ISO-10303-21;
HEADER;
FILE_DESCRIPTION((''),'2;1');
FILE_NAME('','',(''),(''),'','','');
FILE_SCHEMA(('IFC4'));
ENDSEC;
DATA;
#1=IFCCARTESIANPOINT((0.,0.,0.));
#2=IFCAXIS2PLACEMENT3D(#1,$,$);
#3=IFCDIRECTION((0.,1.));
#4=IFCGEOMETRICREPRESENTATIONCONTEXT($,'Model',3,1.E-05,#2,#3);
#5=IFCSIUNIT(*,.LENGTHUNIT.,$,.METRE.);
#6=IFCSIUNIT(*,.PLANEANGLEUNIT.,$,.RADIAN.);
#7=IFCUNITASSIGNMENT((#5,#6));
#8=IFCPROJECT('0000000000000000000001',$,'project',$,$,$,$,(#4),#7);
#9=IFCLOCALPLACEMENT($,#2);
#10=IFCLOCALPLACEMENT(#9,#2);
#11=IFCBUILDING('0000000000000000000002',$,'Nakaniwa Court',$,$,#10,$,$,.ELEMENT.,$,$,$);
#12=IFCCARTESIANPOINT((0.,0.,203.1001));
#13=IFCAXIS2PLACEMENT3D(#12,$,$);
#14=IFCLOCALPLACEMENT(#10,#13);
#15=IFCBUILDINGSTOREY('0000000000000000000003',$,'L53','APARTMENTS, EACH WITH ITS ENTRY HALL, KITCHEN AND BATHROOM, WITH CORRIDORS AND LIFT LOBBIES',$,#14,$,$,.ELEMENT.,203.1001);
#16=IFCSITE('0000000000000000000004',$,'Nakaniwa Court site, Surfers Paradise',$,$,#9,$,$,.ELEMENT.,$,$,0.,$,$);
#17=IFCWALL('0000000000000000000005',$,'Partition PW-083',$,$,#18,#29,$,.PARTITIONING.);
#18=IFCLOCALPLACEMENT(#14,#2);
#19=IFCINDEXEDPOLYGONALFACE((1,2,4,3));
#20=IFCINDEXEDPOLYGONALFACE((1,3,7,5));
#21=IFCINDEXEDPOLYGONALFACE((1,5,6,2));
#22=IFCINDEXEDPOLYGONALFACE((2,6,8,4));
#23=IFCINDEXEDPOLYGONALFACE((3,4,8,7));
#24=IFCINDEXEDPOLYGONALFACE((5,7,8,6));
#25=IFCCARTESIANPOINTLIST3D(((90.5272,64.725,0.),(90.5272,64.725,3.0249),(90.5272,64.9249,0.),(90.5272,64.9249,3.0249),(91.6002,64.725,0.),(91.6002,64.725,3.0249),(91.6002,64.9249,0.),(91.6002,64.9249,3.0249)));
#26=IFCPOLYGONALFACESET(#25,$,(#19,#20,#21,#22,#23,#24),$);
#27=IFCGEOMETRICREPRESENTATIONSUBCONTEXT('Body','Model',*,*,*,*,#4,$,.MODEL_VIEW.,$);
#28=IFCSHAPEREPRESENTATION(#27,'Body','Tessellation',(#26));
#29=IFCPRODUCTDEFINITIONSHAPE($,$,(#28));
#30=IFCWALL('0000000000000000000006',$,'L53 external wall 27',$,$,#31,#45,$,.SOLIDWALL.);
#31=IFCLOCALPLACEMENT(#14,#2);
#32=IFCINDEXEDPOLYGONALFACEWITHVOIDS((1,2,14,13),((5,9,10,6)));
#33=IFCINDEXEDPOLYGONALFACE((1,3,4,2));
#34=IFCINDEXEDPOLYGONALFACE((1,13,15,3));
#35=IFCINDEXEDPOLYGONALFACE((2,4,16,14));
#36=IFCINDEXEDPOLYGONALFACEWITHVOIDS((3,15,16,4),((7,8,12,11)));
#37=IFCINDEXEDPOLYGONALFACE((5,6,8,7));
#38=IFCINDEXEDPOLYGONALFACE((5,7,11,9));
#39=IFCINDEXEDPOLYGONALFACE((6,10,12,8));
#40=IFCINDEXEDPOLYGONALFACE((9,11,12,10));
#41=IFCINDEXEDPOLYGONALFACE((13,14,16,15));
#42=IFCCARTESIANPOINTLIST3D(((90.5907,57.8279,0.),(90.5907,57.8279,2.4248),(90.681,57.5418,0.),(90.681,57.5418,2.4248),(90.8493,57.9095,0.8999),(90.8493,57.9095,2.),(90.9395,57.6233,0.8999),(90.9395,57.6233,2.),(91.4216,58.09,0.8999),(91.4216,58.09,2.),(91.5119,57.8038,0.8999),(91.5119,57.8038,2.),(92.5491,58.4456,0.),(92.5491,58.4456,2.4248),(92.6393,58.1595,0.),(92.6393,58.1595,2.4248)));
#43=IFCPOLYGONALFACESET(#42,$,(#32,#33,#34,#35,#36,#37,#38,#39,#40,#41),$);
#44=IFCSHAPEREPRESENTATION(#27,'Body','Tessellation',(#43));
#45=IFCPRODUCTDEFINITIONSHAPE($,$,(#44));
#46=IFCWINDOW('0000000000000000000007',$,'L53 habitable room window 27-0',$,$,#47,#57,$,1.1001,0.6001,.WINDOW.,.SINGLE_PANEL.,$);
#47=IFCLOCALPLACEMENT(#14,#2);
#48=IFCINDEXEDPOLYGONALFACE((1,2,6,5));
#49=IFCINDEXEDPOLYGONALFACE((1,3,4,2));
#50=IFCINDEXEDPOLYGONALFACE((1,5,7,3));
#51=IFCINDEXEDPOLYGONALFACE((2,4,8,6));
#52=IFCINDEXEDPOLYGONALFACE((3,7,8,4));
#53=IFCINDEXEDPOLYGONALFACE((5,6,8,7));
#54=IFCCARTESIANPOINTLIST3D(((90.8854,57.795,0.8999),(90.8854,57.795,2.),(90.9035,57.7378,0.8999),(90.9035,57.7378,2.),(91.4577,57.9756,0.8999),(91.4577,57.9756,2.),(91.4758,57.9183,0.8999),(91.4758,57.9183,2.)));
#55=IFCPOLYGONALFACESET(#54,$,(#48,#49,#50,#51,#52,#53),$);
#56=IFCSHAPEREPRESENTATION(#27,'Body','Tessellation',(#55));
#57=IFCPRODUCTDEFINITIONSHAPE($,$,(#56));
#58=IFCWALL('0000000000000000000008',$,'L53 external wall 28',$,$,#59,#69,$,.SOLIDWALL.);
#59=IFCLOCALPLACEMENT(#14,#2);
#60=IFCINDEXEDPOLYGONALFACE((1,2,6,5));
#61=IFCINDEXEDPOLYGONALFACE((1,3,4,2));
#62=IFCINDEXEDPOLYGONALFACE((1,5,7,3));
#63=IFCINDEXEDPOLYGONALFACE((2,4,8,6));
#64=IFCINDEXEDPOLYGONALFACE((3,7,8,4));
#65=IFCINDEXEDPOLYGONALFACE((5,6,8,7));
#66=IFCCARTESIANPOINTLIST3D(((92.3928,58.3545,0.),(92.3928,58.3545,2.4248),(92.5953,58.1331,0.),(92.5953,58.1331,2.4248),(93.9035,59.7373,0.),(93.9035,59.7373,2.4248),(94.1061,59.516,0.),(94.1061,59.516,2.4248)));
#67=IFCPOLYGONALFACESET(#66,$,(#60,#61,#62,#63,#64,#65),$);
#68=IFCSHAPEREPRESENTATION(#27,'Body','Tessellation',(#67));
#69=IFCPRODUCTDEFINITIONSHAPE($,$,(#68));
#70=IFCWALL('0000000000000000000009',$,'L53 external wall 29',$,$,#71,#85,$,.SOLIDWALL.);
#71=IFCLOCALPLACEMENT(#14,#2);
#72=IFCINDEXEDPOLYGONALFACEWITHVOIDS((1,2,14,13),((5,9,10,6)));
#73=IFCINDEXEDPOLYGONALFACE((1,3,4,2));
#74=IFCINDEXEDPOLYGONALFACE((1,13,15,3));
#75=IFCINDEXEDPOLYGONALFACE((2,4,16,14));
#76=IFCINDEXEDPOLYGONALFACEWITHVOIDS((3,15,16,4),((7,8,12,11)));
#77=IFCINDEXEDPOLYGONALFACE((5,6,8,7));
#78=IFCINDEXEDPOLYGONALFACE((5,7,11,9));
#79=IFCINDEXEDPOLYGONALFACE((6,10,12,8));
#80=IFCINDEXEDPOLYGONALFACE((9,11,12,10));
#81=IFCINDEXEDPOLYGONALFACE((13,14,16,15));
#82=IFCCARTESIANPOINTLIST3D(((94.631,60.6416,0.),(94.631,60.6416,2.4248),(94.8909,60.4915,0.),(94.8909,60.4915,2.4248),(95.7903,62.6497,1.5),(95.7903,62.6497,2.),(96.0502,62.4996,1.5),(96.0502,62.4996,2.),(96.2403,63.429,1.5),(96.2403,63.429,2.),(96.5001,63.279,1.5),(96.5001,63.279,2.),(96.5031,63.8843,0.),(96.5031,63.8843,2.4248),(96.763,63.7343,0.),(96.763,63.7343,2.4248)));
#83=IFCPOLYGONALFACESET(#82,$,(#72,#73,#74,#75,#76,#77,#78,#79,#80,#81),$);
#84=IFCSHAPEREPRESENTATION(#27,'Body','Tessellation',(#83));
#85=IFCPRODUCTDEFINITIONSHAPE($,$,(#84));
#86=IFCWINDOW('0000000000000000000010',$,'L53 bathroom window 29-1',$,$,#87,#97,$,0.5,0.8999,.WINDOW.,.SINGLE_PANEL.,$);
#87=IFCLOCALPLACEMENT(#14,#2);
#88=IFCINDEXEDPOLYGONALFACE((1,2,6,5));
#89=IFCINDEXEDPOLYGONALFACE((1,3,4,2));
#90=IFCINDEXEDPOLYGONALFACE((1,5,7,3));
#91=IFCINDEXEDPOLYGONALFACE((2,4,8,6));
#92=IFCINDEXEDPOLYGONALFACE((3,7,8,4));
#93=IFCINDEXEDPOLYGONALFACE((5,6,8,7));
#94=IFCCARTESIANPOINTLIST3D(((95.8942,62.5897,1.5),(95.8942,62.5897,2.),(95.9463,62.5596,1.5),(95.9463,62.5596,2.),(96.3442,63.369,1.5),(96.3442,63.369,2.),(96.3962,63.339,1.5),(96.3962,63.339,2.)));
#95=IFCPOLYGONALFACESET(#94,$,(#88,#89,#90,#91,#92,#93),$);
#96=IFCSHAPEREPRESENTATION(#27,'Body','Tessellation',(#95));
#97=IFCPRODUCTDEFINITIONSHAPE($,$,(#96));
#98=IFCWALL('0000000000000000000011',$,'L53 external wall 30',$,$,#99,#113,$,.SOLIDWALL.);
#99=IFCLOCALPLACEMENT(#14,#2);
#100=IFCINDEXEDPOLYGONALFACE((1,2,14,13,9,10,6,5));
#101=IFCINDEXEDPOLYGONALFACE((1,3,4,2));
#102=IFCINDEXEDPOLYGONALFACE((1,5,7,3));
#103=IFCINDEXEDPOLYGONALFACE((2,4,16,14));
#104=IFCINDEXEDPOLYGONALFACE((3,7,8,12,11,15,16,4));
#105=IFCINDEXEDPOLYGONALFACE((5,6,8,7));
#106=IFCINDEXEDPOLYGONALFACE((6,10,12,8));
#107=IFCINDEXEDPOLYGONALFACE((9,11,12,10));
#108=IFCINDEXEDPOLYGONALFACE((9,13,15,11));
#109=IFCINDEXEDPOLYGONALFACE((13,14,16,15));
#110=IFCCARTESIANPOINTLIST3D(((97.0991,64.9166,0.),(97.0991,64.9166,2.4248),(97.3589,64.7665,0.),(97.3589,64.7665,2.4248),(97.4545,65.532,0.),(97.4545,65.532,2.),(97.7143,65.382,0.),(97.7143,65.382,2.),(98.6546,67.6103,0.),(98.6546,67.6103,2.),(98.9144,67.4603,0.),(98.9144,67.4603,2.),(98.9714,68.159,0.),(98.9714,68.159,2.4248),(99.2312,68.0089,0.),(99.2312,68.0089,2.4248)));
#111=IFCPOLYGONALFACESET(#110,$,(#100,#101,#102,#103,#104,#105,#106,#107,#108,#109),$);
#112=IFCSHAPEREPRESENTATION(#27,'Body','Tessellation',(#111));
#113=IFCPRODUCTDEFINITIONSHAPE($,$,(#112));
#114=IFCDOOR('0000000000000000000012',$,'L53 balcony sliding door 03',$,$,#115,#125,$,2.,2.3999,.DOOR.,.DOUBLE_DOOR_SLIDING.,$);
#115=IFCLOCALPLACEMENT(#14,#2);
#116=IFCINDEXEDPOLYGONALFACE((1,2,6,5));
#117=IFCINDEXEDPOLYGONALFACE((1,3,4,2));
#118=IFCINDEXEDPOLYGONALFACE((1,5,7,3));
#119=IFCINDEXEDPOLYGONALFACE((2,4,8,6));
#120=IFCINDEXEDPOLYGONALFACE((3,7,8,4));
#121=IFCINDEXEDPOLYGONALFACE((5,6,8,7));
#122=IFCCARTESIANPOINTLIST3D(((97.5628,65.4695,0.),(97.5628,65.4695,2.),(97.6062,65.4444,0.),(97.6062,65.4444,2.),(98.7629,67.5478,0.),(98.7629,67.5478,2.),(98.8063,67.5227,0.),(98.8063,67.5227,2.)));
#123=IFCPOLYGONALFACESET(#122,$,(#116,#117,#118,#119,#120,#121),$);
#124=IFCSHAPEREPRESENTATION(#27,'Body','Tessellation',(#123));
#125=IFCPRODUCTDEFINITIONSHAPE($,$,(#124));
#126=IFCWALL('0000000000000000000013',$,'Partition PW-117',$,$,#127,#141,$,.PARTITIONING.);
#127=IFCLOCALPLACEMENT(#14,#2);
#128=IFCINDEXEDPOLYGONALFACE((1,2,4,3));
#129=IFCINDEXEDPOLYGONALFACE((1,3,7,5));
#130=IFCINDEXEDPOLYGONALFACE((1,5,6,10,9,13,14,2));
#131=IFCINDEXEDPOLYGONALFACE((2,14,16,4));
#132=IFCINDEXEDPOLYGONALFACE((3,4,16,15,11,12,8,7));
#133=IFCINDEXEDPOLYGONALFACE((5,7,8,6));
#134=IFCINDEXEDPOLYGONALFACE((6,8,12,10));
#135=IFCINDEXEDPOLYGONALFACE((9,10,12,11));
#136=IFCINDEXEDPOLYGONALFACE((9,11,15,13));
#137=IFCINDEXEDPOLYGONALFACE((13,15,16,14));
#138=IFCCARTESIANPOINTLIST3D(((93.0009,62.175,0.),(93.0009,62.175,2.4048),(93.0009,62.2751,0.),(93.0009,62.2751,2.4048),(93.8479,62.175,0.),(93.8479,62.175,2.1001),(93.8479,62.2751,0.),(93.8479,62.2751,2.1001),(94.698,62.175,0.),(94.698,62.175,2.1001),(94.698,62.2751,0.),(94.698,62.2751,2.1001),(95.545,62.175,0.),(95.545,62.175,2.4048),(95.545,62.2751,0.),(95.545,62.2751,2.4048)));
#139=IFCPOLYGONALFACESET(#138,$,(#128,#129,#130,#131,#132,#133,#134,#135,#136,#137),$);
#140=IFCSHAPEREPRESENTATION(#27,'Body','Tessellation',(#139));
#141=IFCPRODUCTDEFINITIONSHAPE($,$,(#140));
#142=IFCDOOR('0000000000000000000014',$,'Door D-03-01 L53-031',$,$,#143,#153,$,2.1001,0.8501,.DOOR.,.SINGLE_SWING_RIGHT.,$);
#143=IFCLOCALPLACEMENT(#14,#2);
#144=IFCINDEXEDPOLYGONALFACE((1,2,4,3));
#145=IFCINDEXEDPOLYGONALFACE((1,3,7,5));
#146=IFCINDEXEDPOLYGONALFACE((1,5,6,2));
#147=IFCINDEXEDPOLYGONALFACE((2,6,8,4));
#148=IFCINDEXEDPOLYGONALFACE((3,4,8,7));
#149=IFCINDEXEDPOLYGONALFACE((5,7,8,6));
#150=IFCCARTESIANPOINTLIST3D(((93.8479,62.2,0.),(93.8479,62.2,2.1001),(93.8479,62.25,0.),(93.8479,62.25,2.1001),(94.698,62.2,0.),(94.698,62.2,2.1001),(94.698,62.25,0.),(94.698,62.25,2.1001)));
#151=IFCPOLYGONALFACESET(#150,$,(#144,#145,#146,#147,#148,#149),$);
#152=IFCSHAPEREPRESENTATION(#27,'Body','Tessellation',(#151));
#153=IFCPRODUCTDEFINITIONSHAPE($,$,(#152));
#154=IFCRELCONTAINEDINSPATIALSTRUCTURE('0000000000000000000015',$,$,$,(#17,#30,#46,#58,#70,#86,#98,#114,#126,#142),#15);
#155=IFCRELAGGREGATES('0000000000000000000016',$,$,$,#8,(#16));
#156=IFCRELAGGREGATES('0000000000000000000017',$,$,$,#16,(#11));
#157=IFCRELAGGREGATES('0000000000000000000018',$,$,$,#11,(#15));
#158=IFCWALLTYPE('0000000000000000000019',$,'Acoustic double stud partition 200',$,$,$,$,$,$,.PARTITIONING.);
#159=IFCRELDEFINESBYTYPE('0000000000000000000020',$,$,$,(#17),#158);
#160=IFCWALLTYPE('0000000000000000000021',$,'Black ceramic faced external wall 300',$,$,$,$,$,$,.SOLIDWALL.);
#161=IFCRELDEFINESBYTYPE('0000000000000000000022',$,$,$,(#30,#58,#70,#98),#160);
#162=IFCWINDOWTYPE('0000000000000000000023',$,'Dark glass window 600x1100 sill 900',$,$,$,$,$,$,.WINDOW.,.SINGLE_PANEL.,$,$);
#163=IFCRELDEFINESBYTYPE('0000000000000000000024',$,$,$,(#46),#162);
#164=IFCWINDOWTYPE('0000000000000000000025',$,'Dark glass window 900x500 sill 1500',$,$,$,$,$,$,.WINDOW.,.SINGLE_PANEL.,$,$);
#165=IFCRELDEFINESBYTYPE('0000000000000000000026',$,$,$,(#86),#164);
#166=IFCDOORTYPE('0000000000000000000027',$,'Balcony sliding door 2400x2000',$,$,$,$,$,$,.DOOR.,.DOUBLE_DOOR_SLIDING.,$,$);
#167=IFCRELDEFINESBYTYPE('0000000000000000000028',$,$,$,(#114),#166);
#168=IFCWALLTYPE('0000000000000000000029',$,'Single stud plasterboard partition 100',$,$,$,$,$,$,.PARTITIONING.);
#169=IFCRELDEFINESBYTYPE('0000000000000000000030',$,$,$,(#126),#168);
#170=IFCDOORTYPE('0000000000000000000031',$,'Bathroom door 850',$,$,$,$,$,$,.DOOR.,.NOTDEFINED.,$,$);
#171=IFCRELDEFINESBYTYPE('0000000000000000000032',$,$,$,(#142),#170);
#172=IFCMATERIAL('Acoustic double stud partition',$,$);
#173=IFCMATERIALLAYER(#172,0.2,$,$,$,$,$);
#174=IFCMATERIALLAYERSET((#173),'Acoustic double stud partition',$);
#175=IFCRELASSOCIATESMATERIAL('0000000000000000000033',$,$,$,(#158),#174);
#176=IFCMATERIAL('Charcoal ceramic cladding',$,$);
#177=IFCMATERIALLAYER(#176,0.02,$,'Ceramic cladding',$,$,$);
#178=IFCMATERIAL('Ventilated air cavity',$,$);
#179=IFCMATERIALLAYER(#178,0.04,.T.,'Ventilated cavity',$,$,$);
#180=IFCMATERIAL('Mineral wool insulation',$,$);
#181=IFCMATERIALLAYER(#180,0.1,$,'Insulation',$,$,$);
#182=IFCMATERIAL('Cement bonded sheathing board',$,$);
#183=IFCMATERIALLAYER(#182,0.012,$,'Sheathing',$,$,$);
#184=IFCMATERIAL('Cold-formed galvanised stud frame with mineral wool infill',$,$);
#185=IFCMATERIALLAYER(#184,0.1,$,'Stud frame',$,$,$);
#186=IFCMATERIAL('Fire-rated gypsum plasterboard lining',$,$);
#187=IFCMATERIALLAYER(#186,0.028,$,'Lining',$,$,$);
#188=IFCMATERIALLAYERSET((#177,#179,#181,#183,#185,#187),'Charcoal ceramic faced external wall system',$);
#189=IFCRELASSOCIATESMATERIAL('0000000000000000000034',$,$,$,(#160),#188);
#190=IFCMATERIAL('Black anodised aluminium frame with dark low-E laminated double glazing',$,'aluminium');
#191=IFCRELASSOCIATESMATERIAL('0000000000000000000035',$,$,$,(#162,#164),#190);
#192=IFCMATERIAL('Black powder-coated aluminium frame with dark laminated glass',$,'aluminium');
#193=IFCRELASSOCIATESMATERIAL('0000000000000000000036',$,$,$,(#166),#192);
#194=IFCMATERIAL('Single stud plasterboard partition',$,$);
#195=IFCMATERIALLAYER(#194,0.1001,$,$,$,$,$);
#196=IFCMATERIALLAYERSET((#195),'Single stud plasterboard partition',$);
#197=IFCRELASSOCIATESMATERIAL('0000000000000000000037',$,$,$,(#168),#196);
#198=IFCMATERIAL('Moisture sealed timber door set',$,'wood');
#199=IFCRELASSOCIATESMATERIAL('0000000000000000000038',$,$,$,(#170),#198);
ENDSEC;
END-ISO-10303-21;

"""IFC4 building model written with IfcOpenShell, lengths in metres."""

from ifc_helpers import new_model, si_unit, direction, frame, frame_2d, origin, place, context, subcontext, project, spatial, rectangle, extrude, material, layer, layer_set, type_object, element, fill, save


model = new_model("IFC4")

# Units and contexts
model_context = context("Model", 3, precision=1e-05, world=origin(), true_north=direction((0.0, 1.0)))
body_context = subcontext(model_context, "Body", "Model", "MODEL_VIEW")
ifc_project = project(units=[si_unit("LENGTHUNIT", "METRE"), si_unit("PLANEANGLEUNIT", "RADIAN")], contexts=[model_context])

# Site, building, storey
site_placement = place(None, origin())
site = spatial("IfcSite", under=ifc_project, at=site_placement, Name="Nakaniwa Court site, Surfers Paradise", CompositionType="ELEMENT", RefElevation=0.0)
building_placement = place(site_placement, origin())
building = spatial("IfcBuilding", under=site, at=building_placement, Name="Nakaniwa Court", CompositionType="ELEMENT")
storey_placement = place(building_placement, frame((0.0, 0.0, 203.1001)))
storey = spatial("IfcBuildingStorey", under=building, at=storey_placement, Name="L53", Description="APARTMENTS, EACH WITH ITS ENTRY HALL, KITCHEN AND BATHROOM, WITH CORRIDORS AND LIFT LOBBIES", CompositionType="ELEMENT", Elevation=203.1001)

# Shared definitions
ifc_material_1 = material(Name="Acoustic double stud partition")
ifc_layer_1 = layer(ifc_material_1, 0.2)
ifc_layer_set_1 = layer_set([ifc_layer_1], Name="Acoustic double stud partition")
wall_type_1 = type_object("IfcWallType", Name="Acoustic double stud partition 200", PredefinedType="PARTITIONING", material=ifc_layer_set_1)

# Wall
wall_1_placement = place(storey_placement, frame((90.5271, 64.825, 0.0), z_axis=(0.0, 0.0, 1.0), x_axis=(1.0, 0.0, 0.0)))
element("IfcWall", 1, at=wall_1_placement, inside=storey, type_object=wall_type_1, Name="Partition PW-083", PredefinedType="PARTITIONING", context=body_context, shape_type="SweptSolid", body=[
    extrude(rectangle(XDim=1.073, YDim=0.2, at=frame_2d((0.5366, 0.0))), origin(), (0.0, 0.0, 1.0), 3.0249),
])

# Wall, opening, window
ifc_material_2 = material(Name="Charcoal ceramic cladding")
ifc_layer_2 = layer(ifc_material_2, 0.02, Name="Ceramic cladding")
ifc_material_3 = material(Name="Ventilated air cavity")
ifc_layer_3 = layer(ifc_material_3, 0.04, ventilated=True, Name="Ventilated cavity")
ifc_material_4 = material(Name="Mineral wool insulation")
ifc_layer_4 = layer(ifc_material_4, 0.1, Name="Insulation")
ifc_material_5 = material(Name="Cement bonded sheathing board")
ifc_layer_5 = layer(ifc_material_5, 0.012, Name="Sheathing")
ifc_material_6 = material(Name="Cold-formed galvanised stud frame with mineral wool infill")
ifc_layer_6 = layer(ifc_material_6, 0.1, Name="Stud frame")
ifc_material_7 = material(Name="Fire-rated gypsum plasterboard lining")
ifc_layer_7 = layer(ifc_material_7, 0.028, Name="Lining")
ifc_layer_set_2 = layer_set([ifc_layer_2, ifc_layer_3, ifc_layer_4, ifc_layer_5, ifc_layer_6, ifc_layer_7], Name="Charcoal ceramic faced external wall system")
wall_type_2 = type_object("IfcWallType", Name="Black ceramic faced external wall 300", PredefinedType="SOLIDWALL", material=ifc_layer_set_2)
wall_2_placement = place(storey_placement, frame((90.6357, 57.6848, 0.0), z_axis=(0.0, 0.0, 1.0), x_axis=(0.953683, 0.300813, 0.0)))
wall_2 = element("IfcWall", 2, at=wall_2_placement, inside=storey, type_object=wall_type_2, Name="L53 external wall 27", PredefinedType="SOLIDWALL", context=body_context, shape_type="SweptSolid", body=[
    extrude(rectangle(XDim=2.0535, YDim=0.3, at=frame_2d((1.0269, 0.0))), origin(), (0.0, 0.0, 1.0), 2.4248),
])
opening_1_placement = place(wall_2_placement, frame((0.2712, 0.0, 0.8999)))
opening_1 = element("IfcOpeningElement", 3, at=opening_1_placement, cuts=wall_2, PredefinedType="OPENING", context=body_context, shape_type="SweptSolid", body=[
    extrude(rectangle(XDim=0.6001, YDim=1.1001, at=frame_2d((0.3, 0.55))), frame((0.0, 0.1599, 0.0), z_axis=(0.0, -1.0, 0.0), x_axis=(1.0, 0.0, 0.0)), (0.0, 0.0, 1.0), 0.3201),
])
ifc_material_8 = material(Name="Black anodised aluminium frame with dark low-E laminated double glazing", Category="aluminium")
window_type_1 = type_object("IfcWindowType", Name="Dark glass window 600x1100 sill 900", PartitioningType="SINGLE_PANEL", PredefinedType="WINDOW", material=ifc_material_8)
window_1_placement = place(opening_1_placement, origin())
window_1 = element("IfcWindow", 4, at=window_1_placement, inside=storey, type_object=window_type_1, Name="L53 habitable room window 27-0", OverallHeight=1.1001, OverallWidth=0.6001, PartitioningType="SINGLE_PANEL", PredefinedType="WINDOW", context=body_context, shape_type="SweptSolid", body=[
    extrude(rectangle(XDim=0.6001, YDim=1.1001, at=frame_2d((0.3, 0.55))), frame((0.0, 0.03, 0.0), z_axis=(0.0, -1.0, 0.0), x_axis=(1.0, 0.0, 0.0)), (0.0, 0.0, 1.0), 0.0601),
])
fill(opening_1, window_1)

# Wall
wall_3_placement = place(storey_placement, frame((92.4941, 58.2439, 0.0), z_axis=(0.0, 0.0, 1.0), x_axis=(0.737649, 0.675185, 0.0)))
element("IfcWall", 5, at=wall_3_placement, inside=storey, type_object=wall_type_2, Name="L53 external wall 28", PredefinedType="SOLIDWALL", context=body_context, shape_type="SweptSolid", body=[
    extrude(rectangle(XDim=2.0481, YDim=0.3, at=frame_2d((1.0239, 0.0))), origin(), (0.0, 0.0, 1.0), 2.4248),
])

# Wall, opening, window
wall_4_placement = place(storey_placement, frame((94.761, 60.5667, 0.0), z_axis=(0.0, 0.0, 1.0), x_axis=(0.499982, 0.866036, 0.0)))
wall_4 = element("IfcWall", 6, at=wall_4_placement, inside=storey, type_object=wall_type_2, Name="L53 external wall 29", PredefinedType="SOLIDWALL", context=body_context, shape_type="SweptSolid", body=[
    extrude(rectangle(XDim=3.7444, YDim=0.3, at=frame_2d((1.8721, 0.0))), origin(), (0.0, 0.0, 1.0), 2.4248),
])
opening_2_placement = place(wall_4_placement, frame((2.3186, 0.0, 1.5)))
opening_2 = element("IfcOpeningElement", 7, at=opening_2_placement, cuts=wall_4, PredefinedType="OPENING", context=body_context, shape_type="SweptSolid", body=[
    extrude(rectangle(XDim=0.8999, YDim=0.5, at=frame_2d((0.45, 0.25))), frame((0.0, 0.1599, 0.0), z_axis=(0.0, -1.0, 0.0), x_axis=(1.0, 0.0, 0.0)), (0.0, 0.0, 1.0), 0.3201),
])
window_type_2 = type_object("IfcWindowType", Name="Dark glass window 900x500 sill 1500", PartitioningType="SINGLE_PANEL", PredefinedType="WINDOW", material=ifc_material_8)
window_2_placement = place(opening_2_placement, origin())
window_2 = element("IfcWindow", 8, at=window_2_placement, inside=storey, type_object=window_type_2, Name="L53 bathroom window 29-1", OverallHeight=0.5, OverallWidth=0.8999, PartitioningType="SINGLE_PANEL", PredefinedType="WINDOW", context=body_context, shape_type="SweptSolid", body=[
    extrude(rectangle(XDim=0.8999, YDim=0.5, at=frame_2d((0.45, 0.25))), frame((0.0, 0.03, 0.0), z_axis=(0.0, -1.0, 0.0), x_axis=(1.0, 0.0, 0.0)), (0.0, 0.0, 1.0), 0.0601),
])
fill(opening_2, window_2)

# Walls, openings, doors
wall_5_placement = place(storey_placement, frame((97.229, 64.8416, 0.0), z_axis=(0.0, 0.0, 1.0), x_axis=(0.500059, 0.865991, 0.0)))
wall_5 = element("IfcWall", 9, at=wall_5_placement, inside=storey, type_object=wall_type_2, Name="L53 external wall 30", PredefinedType="SOLIDWALL", context=body_context, shape_type="SweptSolid", body=[
    extrude(rectangle(XDim=3.7441, YDim=0.3, at=frame_2d((1.8721, 0.0))), origin(), (0.0, 0.0, 1.0), 2.4248),
])
opening_3_placement = place(wall_5_placement, frame((0.7107, 0.0, 0.0)))
opening_3 = element("IfcOpeningElement", 10, at=opening_3_placement, cuts=wall_5, PredefinedType="OPENING", context=body_context, shape_type="SweptSolid", body=[
    extrude(rectangle(XDim=2.3999, YDim=2.0, at=frame_2d((1.2, 1.0))), frame((0.0, 0.1599, 0.0), z_axis=(0.0, -1.0, 0.0), x_axis=(1.0, 0.0, 0.0)), (0.0, 0.0, 1.0), 0.3201),
])
ifc_material_9 = material(Name="Black powder-coated aluminium frame with dark laminated glass", Category="aluminium")
door_type_1 = type_object("IfcDoorType", Name="Balcony sliding door 2400x2000", OperationType="DOUBLE_DOOR_SLIDING", PredefinedType="DOOR", material=ifc_material_9)
door_1_placement = place(opening_3_placement, origin())
door_1 = element("IfcDoor", 11, at=door_1_placement, inside=storey, type_object=door_type_1, Name="L53 balcony sliding door 03", OperationType="DOUBLE_DOOR_SLIDING", OverallHeight=2.0, OverallWidth=2.3999, PredefinedType="DOOR", context=body_context, shape_type="SweptSolid", body=[
    extrude(rectangle(XDim=2.3999, YDim=2.0, at=frame_2d((1.2, 1.0))), frame((0.0, 0.0249, 0.0), z_axis=(0.0, -1.0, 0.0), x_axis=(1.0, 0.0, 0.0)), (0.0, 0.0, 1.0), 0.05),
])
fill(opening_3, door_1)
ifc_material_10 = material(Name="Single stud plasterboard partition")
ifc_layer_8 = layer(ifc_material_10, 0.1001)
ifc_layer_set_3 = layer_set([ifc_layer_8], Name="Single stud plasterboard partition")
wall_type_3 = type_object("IfcWallType", Name="Single stud plasterboard partition 100", PredefinedType="PARTITIONING", material=ifc_layer_set_3)
wall_6_placement = place(storey_placement, frame((93.001, 62.2251, 0.0), z_axis=(0.0, 0.0, 1.0), x_axis=(1.0, 0.0, 0.0)))
wall_6 = element("IfcWall", 12, at=wall_6_placement, inside=storey, type_object=wall_type_3, Name="Partition PW-117", PredefinedType="PARTITIONING", context=body_context, shape_type="SweptSolid", body=[
    extrude(rectangle(XDim=2.5442, YDim=0.1001, at=frame_2d((1.272, 0.0))), origin(), (0.0, 0.0, 1.0), 2.4048),
])
opening_4_placement = place(wall_6_placement, frame((0.8469, 0.0, 0.0)))
opening_4 = element("IfcOpeningElement", 13, at=opening_4_placement, cuts=wall_6, PredefinedType="OPENING", context=body_context, shape_type="SweptSolid", body=[
    extrude(rectangle(XDim=0.8501, YDim=2.1001, at=frame_2d((0.425, 1.05))), frame((0.0, 0.0601, 0.0), z_axis=(0.0, -1.0, 0.0), x_axis=(1.0, 0.0, 0.0)), (0.0, 0.0, 1.0), 0.1201),
])
ifc_material_11 = material(Name="Moisture sealed timber door set", Category="wood")
door_type_2 = type_object("IfcDoorType", Name="Bathroom door 850", OperationType="NOTDEFINED", PredefinedType="DOOR", material=ifc_material_11)
door_2_placement = place(opening_4_placement, origin())
door_2 = element("IfcDoor", 14, at=door_2_placement, inside=storey, type_object=door_type_2, Name="Door D-03-01 L53-031", OperationType="SINGLE_SWING_RIGHT", OverallHeight=2.1001, OverallWidth=0.8501, PredefinedType="DOOR", context=body_context, shape_type="SweptSolid", body=[
    extrude(rectangle(XDim=0.8501, YDim=2.1001, at=frame_2d((0.425, 1.05))), frame((0.0, 0.0249, 0.0), z_axis=(0.0, -1.0, 0.0), x_axis=(1.0, 0.0, 0.0)), (0.0, 0.0, 1.0), 0.05),
])
fill(opening_4, door_2)

save(model, "model.ifc")
